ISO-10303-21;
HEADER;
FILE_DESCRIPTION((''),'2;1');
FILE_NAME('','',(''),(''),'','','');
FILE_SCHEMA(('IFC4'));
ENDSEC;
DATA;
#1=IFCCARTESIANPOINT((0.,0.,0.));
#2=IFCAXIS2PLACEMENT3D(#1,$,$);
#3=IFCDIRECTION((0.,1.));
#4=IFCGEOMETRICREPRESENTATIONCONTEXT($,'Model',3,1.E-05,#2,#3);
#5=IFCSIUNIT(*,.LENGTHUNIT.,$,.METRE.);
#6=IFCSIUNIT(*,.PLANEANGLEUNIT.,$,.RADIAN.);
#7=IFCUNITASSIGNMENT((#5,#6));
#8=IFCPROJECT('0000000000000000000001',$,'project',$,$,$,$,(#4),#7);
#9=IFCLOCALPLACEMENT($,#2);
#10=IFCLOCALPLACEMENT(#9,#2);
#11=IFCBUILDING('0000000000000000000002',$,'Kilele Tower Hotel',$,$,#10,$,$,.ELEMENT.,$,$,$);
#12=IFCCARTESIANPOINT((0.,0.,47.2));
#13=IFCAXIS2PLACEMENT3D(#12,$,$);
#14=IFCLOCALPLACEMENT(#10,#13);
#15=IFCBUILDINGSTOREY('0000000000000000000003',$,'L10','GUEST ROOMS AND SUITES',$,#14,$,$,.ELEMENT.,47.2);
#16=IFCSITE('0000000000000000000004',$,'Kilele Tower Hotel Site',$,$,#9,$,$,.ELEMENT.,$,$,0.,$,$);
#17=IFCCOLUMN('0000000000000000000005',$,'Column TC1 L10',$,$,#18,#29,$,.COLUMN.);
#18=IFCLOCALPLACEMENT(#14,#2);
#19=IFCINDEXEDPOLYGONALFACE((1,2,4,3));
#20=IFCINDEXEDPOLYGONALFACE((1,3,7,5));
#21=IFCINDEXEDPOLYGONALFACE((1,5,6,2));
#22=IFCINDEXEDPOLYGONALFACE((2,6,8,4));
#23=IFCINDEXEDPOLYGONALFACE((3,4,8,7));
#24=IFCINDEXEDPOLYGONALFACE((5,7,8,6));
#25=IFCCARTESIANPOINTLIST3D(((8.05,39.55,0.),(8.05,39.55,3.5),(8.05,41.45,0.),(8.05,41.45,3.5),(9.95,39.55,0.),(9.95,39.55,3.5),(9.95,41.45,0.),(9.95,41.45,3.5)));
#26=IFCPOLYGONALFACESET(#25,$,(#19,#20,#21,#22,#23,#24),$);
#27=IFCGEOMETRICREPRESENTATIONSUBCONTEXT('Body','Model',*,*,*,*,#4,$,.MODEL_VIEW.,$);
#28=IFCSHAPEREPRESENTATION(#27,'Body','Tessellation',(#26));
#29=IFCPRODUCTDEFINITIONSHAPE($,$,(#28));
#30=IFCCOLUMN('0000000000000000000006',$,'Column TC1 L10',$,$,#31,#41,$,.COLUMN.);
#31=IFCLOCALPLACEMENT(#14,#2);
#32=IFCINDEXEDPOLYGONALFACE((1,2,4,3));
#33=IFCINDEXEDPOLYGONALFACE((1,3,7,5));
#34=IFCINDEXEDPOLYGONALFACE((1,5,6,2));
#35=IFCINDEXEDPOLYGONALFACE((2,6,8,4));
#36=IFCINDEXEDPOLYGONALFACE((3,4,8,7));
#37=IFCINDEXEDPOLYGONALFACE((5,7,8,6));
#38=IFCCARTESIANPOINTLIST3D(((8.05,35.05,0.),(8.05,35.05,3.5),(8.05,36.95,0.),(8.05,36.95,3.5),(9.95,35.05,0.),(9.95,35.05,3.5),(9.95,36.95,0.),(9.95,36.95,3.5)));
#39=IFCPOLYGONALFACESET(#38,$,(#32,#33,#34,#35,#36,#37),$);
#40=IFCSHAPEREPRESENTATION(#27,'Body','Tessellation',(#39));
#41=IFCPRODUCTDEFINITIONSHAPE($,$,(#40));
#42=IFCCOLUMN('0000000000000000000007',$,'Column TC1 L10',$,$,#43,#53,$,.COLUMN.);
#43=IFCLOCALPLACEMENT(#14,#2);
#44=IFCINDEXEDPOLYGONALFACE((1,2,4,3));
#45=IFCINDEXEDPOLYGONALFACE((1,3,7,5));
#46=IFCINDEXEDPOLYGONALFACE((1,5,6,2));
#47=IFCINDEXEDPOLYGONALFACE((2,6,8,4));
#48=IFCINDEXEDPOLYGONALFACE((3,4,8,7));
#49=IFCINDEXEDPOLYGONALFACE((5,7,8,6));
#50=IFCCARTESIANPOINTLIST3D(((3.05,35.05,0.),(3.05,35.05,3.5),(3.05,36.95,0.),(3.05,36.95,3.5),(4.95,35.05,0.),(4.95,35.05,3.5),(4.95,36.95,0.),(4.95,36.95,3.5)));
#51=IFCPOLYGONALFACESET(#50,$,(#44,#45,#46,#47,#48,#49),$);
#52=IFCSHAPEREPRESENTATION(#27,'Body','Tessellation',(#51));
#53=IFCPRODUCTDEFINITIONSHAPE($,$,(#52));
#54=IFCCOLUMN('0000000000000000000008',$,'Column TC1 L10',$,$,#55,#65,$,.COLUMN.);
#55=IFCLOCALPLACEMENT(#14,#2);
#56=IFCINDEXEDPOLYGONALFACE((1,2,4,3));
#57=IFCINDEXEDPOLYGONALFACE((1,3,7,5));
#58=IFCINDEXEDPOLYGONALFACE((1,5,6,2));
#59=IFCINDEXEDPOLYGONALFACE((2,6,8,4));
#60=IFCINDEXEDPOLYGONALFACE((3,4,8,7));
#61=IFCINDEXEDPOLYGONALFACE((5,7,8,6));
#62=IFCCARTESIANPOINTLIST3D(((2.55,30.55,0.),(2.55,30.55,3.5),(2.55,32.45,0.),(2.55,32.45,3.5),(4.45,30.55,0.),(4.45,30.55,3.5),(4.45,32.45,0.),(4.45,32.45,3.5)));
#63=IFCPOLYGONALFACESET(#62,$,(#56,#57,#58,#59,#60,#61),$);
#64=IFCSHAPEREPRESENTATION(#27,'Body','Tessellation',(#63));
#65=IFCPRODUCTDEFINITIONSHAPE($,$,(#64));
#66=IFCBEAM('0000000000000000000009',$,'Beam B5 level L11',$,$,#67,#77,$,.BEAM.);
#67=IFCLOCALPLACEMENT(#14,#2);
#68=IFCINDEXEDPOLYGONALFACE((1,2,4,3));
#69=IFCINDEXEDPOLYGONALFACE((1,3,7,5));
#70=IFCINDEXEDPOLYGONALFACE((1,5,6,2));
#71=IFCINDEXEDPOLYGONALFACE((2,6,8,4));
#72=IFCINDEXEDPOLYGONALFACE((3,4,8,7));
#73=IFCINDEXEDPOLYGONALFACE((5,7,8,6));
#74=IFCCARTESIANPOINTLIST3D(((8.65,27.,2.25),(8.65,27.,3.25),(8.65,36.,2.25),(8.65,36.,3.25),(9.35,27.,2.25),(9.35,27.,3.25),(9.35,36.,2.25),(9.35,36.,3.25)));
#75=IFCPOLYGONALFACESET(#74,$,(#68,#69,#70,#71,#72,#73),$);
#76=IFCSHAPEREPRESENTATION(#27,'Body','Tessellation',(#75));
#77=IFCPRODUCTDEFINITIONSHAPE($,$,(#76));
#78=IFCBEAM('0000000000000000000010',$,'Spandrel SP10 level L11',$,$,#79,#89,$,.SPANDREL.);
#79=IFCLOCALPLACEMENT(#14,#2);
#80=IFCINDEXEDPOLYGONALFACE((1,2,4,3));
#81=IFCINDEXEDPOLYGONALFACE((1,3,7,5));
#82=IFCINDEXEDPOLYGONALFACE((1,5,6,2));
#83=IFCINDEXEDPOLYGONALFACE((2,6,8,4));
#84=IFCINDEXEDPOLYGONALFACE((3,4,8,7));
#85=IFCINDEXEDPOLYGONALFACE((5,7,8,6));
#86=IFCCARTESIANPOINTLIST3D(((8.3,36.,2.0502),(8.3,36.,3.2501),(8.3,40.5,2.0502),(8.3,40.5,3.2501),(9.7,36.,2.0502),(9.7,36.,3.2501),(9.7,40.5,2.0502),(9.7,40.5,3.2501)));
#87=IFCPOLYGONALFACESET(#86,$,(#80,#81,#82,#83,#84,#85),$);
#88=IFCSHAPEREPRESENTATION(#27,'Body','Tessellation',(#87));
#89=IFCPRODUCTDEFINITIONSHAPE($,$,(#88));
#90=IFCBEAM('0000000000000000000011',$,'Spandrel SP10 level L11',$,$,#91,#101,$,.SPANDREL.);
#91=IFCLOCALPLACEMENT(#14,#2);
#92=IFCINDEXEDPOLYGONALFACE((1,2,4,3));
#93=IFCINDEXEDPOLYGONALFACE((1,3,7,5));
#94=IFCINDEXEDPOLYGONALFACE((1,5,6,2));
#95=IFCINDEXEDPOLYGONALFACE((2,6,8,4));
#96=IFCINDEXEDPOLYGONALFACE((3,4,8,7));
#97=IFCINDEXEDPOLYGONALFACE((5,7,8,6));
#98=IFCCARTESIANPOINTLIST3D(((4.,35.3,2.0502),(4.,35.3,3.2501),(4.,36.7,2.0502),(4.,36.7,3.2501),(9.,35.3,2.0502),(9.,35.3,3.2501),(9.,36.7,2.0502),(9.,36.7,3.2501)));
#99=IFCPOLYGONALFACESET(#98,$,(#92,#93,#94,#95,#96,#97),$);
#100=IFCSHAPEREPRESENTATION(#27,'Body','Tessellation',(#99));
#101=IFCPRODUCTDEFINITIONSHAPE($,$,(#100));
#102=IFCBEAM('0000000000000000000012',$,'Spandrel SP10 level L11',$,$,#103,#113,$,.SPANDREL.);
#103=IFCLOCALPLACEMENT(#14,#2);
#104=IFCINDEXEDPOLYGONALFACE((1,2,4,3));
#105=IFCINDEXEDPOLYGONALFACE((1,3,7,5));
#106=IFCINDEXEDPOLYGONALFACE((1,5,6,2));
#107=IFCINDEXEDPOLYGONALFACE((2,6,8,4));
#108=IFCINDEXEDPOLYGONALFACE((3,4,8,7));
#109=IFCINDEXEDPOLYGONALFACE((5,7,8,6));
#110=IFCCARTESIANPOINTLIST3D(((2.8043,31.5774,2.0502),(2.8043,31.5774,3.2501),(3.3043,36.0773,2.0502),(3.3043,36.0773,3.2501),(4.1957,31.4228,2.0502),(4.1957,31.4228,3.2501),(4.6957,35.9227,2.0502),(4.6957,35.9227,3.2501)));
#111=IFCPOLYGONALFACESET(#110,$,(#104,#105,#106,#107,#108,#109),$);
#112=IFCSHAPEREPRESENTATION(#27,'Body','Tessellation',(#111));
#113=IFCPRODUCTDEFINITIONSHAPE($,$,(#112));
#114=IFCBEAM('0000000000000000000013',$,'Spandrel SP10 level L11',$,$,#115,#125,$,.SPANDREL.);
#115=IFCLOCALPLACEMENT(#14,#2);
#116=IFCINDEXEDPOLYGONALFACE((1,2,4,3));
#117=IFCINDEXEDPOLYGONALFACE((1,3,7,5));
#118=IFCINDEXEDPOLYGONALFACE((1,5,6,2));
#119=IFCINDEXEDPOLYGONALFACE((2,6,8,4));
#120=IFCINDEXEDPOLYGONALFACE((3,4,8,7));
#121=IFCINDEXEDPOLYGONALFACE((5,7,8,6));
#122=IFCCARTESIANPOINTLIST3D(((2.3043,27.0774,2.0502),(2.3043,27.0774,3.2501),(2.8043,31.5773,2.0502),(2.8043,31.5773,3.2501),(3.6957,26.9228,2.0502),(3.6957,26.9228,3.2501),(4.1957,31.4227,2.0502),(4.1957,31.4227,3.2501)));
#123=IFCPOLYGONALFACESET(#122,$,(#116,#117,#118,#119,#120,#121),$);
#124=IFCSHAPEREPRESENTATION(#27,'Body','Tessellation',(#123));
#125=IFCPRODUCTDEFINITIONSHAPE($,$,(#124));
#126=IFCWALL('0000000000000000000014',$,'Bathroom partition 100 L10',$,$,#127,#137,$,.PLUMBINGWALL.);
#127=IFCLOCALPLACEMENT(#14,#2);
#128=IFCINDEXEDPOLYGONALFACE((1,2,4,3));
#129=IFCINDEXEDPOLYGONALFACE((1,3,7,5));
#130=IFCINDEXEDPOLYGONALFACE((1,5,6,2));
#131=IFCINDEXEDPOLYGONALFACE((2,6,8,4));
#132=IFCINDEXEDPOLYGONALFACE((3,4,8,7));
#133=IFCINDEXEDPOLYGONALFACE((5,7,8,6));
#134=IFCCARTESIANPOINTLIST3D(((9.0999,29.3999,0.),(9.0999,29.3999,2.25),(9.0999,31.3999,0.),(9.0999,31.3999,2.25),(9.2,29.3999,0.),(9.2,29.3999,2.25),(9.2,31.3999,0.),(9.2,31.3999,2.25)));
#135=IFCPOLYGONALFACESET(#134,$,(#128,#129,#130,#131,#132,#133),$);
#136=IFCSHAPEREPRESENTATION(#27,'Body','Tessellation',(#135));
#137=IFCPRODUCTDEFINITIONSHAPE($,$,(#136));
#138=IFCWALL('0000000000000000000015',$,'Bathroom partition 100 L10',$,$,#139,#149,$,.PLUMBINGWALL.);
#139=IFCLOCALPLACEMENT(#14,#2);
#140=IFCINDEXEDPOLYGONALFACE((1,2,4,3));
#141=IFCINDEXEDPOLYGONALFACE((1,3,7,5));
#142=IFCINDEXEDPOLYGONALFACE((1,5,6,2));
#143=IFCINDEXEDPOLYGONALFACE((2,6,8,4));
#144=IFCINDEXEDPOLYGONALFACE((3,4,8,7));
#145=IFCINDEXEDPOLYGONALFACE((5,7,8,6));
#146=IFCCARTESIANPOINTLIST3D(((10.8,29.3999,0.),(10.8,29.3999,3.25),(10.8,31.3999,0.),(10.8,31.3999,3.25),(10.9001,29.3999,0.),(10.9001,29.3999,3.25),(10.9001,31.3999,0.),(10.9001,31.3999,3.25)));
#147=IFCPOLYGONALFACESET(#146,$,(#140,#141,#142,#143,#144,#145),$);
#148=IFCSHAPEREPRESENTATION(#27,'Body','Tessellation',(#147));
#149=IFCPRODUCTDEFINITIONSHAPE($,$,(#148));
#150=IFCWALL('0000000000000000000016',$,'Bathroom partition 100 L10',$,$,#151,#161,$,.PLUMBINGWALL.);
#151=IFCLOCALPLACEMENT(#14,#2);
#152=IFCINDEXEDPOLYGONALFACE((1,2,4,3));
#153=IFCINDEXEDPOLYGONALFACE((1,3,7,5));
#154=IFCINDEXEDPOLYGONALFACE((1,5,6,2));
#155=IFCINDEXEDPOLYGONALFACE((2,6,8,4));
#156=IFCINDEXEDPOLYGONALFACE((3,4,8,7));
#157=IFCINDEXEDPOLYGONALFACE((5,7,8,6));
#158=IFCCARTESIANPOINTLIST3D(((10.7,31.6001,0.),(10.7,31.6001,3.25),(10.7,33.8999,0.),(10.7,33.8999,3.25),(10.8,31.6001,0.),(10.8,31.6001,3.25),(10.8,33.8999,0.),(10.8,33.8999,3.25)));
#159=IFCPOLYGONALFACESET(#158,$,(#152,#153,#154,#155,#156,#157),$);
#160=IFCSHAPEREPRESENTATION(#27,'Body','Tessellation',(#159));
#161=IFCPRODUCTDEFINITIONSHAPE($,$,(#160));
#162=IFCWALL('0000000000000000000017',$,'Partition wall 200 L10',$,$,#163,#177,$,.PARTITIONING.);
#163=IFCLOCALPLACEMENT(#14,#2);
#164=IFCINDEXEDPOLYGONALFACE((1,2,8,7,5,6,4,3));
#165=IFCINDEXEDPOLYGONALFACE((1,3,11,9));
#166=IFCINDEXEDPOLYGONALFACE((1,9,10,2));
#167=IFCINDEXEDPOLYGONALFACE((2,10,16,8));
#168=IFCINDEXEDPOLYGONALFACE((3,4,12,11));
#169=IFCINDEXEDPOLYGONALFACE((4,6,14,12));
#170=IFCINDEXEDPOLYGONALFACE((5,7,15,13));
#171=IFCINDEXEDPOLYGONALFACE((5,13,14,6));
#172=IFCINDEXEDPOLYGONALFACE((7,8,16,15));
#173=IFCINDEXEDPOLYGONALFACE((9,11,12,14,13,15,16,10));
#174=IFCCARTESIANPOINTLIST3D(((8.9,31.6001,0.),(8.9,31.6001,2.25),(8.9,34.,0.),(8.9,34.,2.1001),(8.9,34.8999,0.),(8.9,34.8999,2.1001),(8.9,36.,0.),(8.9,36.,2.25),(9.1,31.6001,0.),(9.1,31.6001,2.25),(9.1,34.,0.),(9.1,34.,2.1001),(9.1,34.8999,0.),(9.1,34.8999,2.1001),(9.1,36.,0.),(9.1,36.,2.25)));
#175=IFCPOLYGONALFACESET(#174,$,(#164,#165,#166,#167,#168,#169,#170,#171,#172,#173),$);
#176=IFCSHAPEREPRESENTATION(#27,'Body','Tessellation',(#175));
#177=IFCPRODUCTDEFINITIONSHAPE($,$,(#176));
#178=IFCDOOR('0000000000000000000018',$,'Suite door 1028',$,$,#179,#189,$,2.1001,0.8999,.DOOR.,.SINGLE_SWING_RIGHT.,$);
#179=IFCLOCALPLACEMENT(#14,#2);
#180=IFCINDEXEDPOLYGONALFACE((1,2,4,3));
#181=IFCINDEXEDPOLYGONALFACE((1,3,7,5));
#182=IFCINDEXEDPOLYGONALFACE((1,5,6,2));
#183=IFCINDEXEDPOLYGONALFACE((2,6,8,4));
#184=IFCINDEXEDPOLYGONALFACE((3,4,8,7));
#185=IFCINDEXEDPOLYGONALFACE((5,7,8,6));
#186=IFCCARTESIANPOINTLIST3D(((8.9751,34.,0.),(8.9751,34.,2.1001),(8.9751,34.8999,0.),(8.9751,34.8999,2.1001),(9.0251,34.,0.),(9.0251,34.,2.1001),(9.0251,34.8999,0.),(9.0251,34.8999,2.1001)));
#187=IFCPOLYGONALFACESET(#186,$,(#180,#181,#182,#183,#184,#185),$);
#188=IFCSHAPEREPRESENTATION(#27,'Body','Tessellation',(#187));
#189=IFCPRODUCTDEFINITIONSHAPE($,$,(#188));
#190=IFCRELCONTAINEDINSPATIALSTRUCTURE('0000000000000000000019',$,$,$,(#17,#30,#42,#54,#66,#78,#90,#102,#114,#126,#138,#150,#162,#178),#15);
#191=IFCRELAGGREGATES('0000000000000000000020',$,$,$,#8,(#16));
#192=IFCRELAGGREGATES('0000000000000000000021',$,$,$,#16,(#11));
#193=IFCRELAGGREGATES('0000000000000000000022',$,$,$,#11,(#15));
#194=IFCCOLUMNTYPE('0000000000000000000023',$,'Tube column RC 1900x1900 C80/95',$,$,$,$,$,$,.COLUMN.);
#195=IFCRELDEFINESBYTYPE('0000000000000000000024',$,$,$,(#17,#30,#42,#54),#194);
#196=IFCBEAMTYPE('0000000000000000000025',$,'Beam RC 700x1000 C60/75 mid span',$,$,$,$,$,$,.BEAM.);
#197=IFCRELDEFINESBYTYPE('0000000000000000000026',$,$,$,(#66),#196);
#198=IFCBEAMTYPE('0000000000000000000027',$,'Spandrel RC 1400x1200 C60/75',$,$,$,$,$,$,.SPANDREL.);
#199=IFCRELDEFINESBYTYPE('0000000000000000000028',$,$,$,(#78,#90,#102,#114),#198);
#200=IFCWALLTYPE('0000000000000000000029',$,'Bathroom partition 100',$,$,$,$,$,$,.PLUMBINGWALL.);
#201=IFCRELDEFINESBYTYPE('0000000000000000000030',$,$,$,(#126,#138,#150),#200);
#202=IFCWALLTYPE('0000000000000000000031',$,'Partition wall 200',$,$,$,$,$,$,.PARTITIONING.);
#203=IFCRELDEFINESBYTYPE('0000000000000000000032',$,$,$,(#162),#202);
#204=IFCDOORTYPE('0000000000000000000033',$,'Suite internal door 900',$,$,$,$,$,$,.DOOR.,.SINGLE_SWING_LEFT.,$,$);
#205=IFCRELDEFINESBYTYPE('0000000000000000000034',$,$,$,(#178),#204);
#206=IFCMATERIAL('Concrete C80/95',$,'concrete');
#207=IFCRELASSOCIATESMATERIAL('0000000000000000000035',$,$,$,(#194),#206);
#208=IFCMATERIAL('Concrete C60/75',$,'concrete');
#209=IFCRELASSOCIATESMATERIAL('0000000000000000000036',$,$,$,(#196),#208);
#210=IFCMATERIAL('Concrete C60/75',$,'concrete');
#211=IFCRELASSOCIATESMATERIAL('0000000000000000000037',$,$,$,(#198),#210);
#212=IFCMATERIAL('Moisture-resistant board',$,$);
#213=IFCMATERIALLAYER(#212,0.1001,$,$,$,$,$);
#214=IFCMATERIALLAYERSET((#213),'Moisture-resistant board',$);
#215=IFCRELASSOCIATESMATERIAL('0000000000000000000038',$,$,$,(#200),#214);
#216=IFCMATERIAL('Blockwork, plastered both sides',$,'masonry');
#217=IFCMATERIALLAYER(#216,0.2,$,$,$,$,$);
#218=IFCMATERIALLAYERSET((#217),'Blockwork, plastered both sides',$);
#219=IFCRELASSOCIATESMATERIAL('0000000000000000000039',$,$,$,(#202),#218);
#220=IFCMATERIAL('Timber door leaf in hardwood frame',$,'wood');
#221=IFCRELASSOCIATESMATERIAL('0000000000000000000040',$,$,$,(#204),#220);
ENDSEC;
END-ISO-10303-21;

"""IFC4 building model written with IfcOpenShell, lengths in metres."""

from ifc_helpers import new_model, si_unit, direction, frame, frame_2d, origin, origin_2d, place, context, subcontext, project, spatial, rectangle, extrude, material, layer, layer_set, material_profile, profile_set, type_object, element, fill, save


model = new_model("IFC4")

# Units and contexts
model_context = context("Model", 3, precision=1e-05, world=origin(), true_north=direction((0.0, 1.0)))
body_context = subcontext(model_context, "Body", "Model", "MODEL_VIEW")
ifc_project = project(units=[si_unit("LENGTHUNIT", "METRE"), si_unit("PLANEANGLEUNIT", "RADIAN")], contexts=[model_context])

# Site, building, storey
site_placement = place(None, origin())
site = spatial("IfcSite", under=ifc_project, at=site_placement, Name="Kilele Tower Hotel Site", CompositionType="ELEMENT", RefElevation=0.0)
building_placement = place(site_placement, origin())
building = spatial("IfcBuilding", under=site, at=building_placement, Name="Kilele Tower Hotel", CompositionType="ELEMENT")
storey_placement = place(building_placement, frame((0.0, 0.0, 47.2)))
storey = spatial("IfcBuildingStorey", under=building, at=storey_placement, Name="L10", Description="GUEST ROOMS AND SUITES", CompositionType="ELEMENT", Elevation=47.2)

# Columns
ifc_material_1 = material(Name="Concrete C80/95", Category="concrete")
ifc_material_profile_1 = material_profile(ifc_material_1, rectangle(XDim=1.8999, YDim=1.8999, at=origin_2d()))
ifc_profile_set_1 = profile_set([ifc_material_profile_1], Name="Concrete C80/95")
column_type = type_object("IfcColumnType", Name="Tube column RC 1900x1900 C80/95", PredefinedType="COLUMN", material=ifc_profile_set_1)
for number, where, z_axis, x_axis, name in (
    (1, (9.0, 40.5, 0.0), (0.0, 0.0, 1.0), (1.0, 0.0, 0.0), "Column TC1 L10"),
    (2, (9.0, 36.0, 0.0), (0.0, 0.0, 1.0), (1.0, 0.0, 0.0), "Column TC1 L10"),
    (3, (4.0, 36.0, 0.0), (0.0, 0.0, 1.0), (1.0, 0.0, 0.0), "Column TC1 L10"),
    (4, (3.5, 31.5, 0.0), (0.0, 0.0, 1.0), (1.0, 0.0, 0.0), "Column TC1 L10"),
):
    element("IfcColumn", number, at=place(storey_placement, frame(where, z_axis=z_axis, x_axis=x_axis)), inside=storey, type_object=column_type, Name=name, PredefinedType="COLUMN", context=body_context, shape_type="SweptSolid", body=[
        extrude(rectangle(XDim=1.8999, YDim=1.8999, at=origin_2d()), origin(), (0.0, 0.0, 1.0), 3.5),
    ])

# Beams
ifc_material_2 = material(Name="Concrete C60/75", Category="concrete")
ifc_material_profile_2 = material_profile(ifc_material_2, rectangle(XDim=0.7, YDim=1.0, at=origin_2d()))
ifc_profile_set_2 = profile_set([ifc_material_profile_2], Name="Concrete C60/75")
beam_type_1 = type_object("IfcBeamType", Name="Beam RC 700x1000 C60/75 mid span", PredefinedType="BEAM", material=ifc_profile_set_2)
beam_1_placement = place(storey_placement, frame((9.0, 36.0, 2.75), z_axis=(0.0, -1.0, 0.0), x_axis=(1.0, 0.0, 0.0)))
element("IfcBeam", 5, at=beam_1_placement, inside=storey, type_object=beam_type_1, Name="Beam B5 level L11", PredefinedType="BEAM", context=body_context, shape_type="SweptSolid", body=[
    extrude(rectangle(XDim=0.7, YDim=1.0, at=origin_2d()), origin(), (0.0, 0.0, 1.0), 9.0),
])
ifc_material_3 = material(Name="Concrete C60/75", Category="concrete")
ifc_material_profile_3 = material_profile(ifc_material_3, rectangle(XDim=1.3999, YDim=1.2, at=origin_2d()))
ifc_profile_set_3 = profile_set([ifc_material_profile_3], Name="Concrete C60/75")
beam_type_2 = type_object("IfcBeamType", Name="Spandrel RC 1400x1200 C60/75", PredefinedType="SPANDREL", material=ifc_profile_set_3)
beam_2_placement = place(storey_placement, frame((9.0, 40.5, 2.6501), z_axis=(0.0, -1.0, 0.0), x_axis=(1.0, 0.0, 0.0)))
element("IfcBeam", 6, at=beam_2_placement, inside=storey, type_object=beam_type_2, Name="Spandrel SP10 level L11", PredefinedType="SPANDREL", context=body_context, shape_type="SweptSolid", body=[
    extrude(rectangle(XDim=1.3999, YDim=1.2, at=origin_2d()), origin(), (0.0, 0.0, 1.0), 4.5),
])
beam_3_placement = place(storey_placement, frame((9.0, 36.0, 2.6501), z_axis=(-1.0, 0.0, 0.0), x_axis=(0.0, -1.0, 0.0)))
element("IfcBeam", 7, at=beam_3_placement, inside=storey, type_object=beam_type_2, Name="Spandrel SP10 level L11", PredefinedType="SPANDREL", context=body_context, shape_type="SweptSolid", body=[
    extrude(rectangle(XDim=1.3999, YDim=1.2, at=origin_2d()), origin(), (0.0, 0.0, 1.0), 5.0),
])
for number, where, z_axis, x_axis, name in (
    (8, (4.0, 36.0, 2.6501), (-0.110432, -0.993884, 0.0), (0.993884, -0.110432, 0.0), "Spandrel SP10 level L11"),
    (9, (3.5, 31.5, 2.6501), (-0.110432, -0.993884, 0.0), (0.993884, -0.110432, 0.0), "Spandrel SP10 level L11"),
):
    element("IfcBeam", number, at=place(storey_placement, frame(where, z_axis=z_axis, x_axis=x_axis)), inside=storey, type_object=beam_type_2, Name=name, PredefinedType="SPANDREL", context=body_context, shape_type="SweptSolid", body=[
        extrude(rectangle(XDim=1.3999, YDim=1.2, at=origin_2d()), origin(), (0.0, 0.0, 1.0), 4.5276),
    ])

# Walls
ifc_material_4 = material(Name="Moisture-resistant board")
ifc_layer_1 = layer(ifc_material_4, 0.1001)
ifc_layer_set_1 = layer_set([ifc_layer_1], Name="Moisture-resistant board")
wall_type_1 = type_object("IfcWallType", Name="Bathroom partition 100", PredefinedType="PLUMBINGWALL", material=ifc_layer_set_1)
wall_1_placement = place(storey_placement, frame((9.1499, 31.3999, 0.0), z_axis=(0.0, 0.0, 1.0), x_axis=(0.0, -1.0, 0.0)))
element("IfcWall", 10, at=wall_1_placement, inside=storey, type_object=wall_type_1, Name="Bathroom partition 100 L10", PredefinedType="PLUMBINGWALL", context=body_context, shape_type="SweptSolid", body=[
    extrude(rectangle(XDim=2.0, YDim=0.1001, at=frame_2d((1.0, 0.0))), origin(), (0.0, 0.0, 1.0), 2.25),
])
wall_2_placement = place(storey_placement, frame((10.8501, 31.3999, 0.0), z_axis=(0.0, 0.0, 1.0), x_axis=(0.0, -1.0, 0.0)))
element("IfcWall", 11, at=wall_2_placement, inside=storey, type_object=wall_type_1, Name="Bathroom partition 100 L10", PredefinedType="PLUMBINGWALL", context=body_context, shape_type="SweptSolid", body=[
    extrude(rectangle(XDim=2.0, YDim=0.1001, at=frame_2d((1.0, 0.0))), origin(), (0.0, 0.0, 1.0), 3.25),
])
wall_3_placement = place(storey_placement, frame((10.75, 31.6001, 0.0), z_axis=(0.0, 0.0, 1.0), x_axis=(0.0, 1.0, 0.0)))
element("IfcWall", 12, at=wall_3_placement, inside=storey, type_object=wall_type_1, Name="Bathroom partition 100 L10", PredefinedType="PLUMBINGWALL", context=body_context, shape_type="SweptSolid", body=[
    extrude(rectangle(XDim=2.2998, YDim=0.1001, at=frame_2d((1.1499, 0.0))), origin(), (0.0, 0.0, 1.0), 3.25),
])

# Wall, opening, door
ifc_material_5 = material(Name="Blockwork, plastered both sides", Category="masonry")
ifc_layer_2 = layer(ifc_material_5, 0.2)
ifc_layer_set_2 = layer_set([ifc_layer_2], Name="Blockwork, plastered both sides")
wall_type_2 = type_object("IfcWallType", Name="Partition wall 200", PredefinedType="PARTITIONING", material=ifc_layer_set_2)
wall_4_placement = place(storey_placement, frame((9.0, 31.6001, 0.0), z_axis=(0.0, 0.0, 1.0), x_axis=(0.0, 1.0, 0.0)))
wall_4 = element("IfcWall", 13, at=wall_4_placement, inside=storey, type_object=wall_type_2, Name="Partition wall 200 L10", PredefinedType="PARTITIONING", context=body_context, shape_type="SweptSolid", body=[
    extrude(rectangle(XDim=4.3999, YDim=0.2, at=frame_2d((2.2, 0.0))), origin(), (0.0, 0.0, 1.0), 2.25),
])
opening_1_placement = place(wall_4_placement, frame((2.3999, 0.0, 0.0)))
opening_1 = element("IfcOpeningElement", 14, at=opening_1_placement, cuts=wall_4, PredefinedType="OPENING", context=body_context, shape_type="SweptSolid", body=[
    extrude(rectangle(XDim=0.8999, YDim=2.1001, at=frame_2d((0.45, 1.05))), frame((0.0, 0.1099, 0.0), z_axis=(0.0, -1.0, 0.0), x_axis=(1.0, 0.0, 0.0)), (0.0, 0.0, 1.0), 0.22),
])
ifc_material_6 = material(Name="Timber door leaf in hardwood frame", Category="wood")
door_type = type_object("IfcDoorType", Name="Suite internal door 900", OperationType="SINGLE_SWING_LEFT", PredefinedType="DOOR", material=ifc_material_6)
door_placement = place(opening_1_placement, origin())
door = element("IfcDoor", 15, at=door_placement, inside=storey, type_object=door_type, Name="Suite door 1028", OperationType="SINGLE_SWING_RIGHT", OverallHeight=2.1001, OverallWidth=0.8999, PredefinedType="DOOR", context=body_context, shape_type="SweptSolid", body=[
    extrude(rectangle(XDim=0.8999, YDim=2.1001, at=frame_2d((0.45, 1.05))), frame((0.0, 0.0249, 0.0), z_axis=(0.0, -1.0, 0.0), x_axis=(1.0, 0.0, 0.0)), (0.0, 0.0, 1.0), 0.05),
])
fill(opening_1, door)

save(model, "model.ifc")
